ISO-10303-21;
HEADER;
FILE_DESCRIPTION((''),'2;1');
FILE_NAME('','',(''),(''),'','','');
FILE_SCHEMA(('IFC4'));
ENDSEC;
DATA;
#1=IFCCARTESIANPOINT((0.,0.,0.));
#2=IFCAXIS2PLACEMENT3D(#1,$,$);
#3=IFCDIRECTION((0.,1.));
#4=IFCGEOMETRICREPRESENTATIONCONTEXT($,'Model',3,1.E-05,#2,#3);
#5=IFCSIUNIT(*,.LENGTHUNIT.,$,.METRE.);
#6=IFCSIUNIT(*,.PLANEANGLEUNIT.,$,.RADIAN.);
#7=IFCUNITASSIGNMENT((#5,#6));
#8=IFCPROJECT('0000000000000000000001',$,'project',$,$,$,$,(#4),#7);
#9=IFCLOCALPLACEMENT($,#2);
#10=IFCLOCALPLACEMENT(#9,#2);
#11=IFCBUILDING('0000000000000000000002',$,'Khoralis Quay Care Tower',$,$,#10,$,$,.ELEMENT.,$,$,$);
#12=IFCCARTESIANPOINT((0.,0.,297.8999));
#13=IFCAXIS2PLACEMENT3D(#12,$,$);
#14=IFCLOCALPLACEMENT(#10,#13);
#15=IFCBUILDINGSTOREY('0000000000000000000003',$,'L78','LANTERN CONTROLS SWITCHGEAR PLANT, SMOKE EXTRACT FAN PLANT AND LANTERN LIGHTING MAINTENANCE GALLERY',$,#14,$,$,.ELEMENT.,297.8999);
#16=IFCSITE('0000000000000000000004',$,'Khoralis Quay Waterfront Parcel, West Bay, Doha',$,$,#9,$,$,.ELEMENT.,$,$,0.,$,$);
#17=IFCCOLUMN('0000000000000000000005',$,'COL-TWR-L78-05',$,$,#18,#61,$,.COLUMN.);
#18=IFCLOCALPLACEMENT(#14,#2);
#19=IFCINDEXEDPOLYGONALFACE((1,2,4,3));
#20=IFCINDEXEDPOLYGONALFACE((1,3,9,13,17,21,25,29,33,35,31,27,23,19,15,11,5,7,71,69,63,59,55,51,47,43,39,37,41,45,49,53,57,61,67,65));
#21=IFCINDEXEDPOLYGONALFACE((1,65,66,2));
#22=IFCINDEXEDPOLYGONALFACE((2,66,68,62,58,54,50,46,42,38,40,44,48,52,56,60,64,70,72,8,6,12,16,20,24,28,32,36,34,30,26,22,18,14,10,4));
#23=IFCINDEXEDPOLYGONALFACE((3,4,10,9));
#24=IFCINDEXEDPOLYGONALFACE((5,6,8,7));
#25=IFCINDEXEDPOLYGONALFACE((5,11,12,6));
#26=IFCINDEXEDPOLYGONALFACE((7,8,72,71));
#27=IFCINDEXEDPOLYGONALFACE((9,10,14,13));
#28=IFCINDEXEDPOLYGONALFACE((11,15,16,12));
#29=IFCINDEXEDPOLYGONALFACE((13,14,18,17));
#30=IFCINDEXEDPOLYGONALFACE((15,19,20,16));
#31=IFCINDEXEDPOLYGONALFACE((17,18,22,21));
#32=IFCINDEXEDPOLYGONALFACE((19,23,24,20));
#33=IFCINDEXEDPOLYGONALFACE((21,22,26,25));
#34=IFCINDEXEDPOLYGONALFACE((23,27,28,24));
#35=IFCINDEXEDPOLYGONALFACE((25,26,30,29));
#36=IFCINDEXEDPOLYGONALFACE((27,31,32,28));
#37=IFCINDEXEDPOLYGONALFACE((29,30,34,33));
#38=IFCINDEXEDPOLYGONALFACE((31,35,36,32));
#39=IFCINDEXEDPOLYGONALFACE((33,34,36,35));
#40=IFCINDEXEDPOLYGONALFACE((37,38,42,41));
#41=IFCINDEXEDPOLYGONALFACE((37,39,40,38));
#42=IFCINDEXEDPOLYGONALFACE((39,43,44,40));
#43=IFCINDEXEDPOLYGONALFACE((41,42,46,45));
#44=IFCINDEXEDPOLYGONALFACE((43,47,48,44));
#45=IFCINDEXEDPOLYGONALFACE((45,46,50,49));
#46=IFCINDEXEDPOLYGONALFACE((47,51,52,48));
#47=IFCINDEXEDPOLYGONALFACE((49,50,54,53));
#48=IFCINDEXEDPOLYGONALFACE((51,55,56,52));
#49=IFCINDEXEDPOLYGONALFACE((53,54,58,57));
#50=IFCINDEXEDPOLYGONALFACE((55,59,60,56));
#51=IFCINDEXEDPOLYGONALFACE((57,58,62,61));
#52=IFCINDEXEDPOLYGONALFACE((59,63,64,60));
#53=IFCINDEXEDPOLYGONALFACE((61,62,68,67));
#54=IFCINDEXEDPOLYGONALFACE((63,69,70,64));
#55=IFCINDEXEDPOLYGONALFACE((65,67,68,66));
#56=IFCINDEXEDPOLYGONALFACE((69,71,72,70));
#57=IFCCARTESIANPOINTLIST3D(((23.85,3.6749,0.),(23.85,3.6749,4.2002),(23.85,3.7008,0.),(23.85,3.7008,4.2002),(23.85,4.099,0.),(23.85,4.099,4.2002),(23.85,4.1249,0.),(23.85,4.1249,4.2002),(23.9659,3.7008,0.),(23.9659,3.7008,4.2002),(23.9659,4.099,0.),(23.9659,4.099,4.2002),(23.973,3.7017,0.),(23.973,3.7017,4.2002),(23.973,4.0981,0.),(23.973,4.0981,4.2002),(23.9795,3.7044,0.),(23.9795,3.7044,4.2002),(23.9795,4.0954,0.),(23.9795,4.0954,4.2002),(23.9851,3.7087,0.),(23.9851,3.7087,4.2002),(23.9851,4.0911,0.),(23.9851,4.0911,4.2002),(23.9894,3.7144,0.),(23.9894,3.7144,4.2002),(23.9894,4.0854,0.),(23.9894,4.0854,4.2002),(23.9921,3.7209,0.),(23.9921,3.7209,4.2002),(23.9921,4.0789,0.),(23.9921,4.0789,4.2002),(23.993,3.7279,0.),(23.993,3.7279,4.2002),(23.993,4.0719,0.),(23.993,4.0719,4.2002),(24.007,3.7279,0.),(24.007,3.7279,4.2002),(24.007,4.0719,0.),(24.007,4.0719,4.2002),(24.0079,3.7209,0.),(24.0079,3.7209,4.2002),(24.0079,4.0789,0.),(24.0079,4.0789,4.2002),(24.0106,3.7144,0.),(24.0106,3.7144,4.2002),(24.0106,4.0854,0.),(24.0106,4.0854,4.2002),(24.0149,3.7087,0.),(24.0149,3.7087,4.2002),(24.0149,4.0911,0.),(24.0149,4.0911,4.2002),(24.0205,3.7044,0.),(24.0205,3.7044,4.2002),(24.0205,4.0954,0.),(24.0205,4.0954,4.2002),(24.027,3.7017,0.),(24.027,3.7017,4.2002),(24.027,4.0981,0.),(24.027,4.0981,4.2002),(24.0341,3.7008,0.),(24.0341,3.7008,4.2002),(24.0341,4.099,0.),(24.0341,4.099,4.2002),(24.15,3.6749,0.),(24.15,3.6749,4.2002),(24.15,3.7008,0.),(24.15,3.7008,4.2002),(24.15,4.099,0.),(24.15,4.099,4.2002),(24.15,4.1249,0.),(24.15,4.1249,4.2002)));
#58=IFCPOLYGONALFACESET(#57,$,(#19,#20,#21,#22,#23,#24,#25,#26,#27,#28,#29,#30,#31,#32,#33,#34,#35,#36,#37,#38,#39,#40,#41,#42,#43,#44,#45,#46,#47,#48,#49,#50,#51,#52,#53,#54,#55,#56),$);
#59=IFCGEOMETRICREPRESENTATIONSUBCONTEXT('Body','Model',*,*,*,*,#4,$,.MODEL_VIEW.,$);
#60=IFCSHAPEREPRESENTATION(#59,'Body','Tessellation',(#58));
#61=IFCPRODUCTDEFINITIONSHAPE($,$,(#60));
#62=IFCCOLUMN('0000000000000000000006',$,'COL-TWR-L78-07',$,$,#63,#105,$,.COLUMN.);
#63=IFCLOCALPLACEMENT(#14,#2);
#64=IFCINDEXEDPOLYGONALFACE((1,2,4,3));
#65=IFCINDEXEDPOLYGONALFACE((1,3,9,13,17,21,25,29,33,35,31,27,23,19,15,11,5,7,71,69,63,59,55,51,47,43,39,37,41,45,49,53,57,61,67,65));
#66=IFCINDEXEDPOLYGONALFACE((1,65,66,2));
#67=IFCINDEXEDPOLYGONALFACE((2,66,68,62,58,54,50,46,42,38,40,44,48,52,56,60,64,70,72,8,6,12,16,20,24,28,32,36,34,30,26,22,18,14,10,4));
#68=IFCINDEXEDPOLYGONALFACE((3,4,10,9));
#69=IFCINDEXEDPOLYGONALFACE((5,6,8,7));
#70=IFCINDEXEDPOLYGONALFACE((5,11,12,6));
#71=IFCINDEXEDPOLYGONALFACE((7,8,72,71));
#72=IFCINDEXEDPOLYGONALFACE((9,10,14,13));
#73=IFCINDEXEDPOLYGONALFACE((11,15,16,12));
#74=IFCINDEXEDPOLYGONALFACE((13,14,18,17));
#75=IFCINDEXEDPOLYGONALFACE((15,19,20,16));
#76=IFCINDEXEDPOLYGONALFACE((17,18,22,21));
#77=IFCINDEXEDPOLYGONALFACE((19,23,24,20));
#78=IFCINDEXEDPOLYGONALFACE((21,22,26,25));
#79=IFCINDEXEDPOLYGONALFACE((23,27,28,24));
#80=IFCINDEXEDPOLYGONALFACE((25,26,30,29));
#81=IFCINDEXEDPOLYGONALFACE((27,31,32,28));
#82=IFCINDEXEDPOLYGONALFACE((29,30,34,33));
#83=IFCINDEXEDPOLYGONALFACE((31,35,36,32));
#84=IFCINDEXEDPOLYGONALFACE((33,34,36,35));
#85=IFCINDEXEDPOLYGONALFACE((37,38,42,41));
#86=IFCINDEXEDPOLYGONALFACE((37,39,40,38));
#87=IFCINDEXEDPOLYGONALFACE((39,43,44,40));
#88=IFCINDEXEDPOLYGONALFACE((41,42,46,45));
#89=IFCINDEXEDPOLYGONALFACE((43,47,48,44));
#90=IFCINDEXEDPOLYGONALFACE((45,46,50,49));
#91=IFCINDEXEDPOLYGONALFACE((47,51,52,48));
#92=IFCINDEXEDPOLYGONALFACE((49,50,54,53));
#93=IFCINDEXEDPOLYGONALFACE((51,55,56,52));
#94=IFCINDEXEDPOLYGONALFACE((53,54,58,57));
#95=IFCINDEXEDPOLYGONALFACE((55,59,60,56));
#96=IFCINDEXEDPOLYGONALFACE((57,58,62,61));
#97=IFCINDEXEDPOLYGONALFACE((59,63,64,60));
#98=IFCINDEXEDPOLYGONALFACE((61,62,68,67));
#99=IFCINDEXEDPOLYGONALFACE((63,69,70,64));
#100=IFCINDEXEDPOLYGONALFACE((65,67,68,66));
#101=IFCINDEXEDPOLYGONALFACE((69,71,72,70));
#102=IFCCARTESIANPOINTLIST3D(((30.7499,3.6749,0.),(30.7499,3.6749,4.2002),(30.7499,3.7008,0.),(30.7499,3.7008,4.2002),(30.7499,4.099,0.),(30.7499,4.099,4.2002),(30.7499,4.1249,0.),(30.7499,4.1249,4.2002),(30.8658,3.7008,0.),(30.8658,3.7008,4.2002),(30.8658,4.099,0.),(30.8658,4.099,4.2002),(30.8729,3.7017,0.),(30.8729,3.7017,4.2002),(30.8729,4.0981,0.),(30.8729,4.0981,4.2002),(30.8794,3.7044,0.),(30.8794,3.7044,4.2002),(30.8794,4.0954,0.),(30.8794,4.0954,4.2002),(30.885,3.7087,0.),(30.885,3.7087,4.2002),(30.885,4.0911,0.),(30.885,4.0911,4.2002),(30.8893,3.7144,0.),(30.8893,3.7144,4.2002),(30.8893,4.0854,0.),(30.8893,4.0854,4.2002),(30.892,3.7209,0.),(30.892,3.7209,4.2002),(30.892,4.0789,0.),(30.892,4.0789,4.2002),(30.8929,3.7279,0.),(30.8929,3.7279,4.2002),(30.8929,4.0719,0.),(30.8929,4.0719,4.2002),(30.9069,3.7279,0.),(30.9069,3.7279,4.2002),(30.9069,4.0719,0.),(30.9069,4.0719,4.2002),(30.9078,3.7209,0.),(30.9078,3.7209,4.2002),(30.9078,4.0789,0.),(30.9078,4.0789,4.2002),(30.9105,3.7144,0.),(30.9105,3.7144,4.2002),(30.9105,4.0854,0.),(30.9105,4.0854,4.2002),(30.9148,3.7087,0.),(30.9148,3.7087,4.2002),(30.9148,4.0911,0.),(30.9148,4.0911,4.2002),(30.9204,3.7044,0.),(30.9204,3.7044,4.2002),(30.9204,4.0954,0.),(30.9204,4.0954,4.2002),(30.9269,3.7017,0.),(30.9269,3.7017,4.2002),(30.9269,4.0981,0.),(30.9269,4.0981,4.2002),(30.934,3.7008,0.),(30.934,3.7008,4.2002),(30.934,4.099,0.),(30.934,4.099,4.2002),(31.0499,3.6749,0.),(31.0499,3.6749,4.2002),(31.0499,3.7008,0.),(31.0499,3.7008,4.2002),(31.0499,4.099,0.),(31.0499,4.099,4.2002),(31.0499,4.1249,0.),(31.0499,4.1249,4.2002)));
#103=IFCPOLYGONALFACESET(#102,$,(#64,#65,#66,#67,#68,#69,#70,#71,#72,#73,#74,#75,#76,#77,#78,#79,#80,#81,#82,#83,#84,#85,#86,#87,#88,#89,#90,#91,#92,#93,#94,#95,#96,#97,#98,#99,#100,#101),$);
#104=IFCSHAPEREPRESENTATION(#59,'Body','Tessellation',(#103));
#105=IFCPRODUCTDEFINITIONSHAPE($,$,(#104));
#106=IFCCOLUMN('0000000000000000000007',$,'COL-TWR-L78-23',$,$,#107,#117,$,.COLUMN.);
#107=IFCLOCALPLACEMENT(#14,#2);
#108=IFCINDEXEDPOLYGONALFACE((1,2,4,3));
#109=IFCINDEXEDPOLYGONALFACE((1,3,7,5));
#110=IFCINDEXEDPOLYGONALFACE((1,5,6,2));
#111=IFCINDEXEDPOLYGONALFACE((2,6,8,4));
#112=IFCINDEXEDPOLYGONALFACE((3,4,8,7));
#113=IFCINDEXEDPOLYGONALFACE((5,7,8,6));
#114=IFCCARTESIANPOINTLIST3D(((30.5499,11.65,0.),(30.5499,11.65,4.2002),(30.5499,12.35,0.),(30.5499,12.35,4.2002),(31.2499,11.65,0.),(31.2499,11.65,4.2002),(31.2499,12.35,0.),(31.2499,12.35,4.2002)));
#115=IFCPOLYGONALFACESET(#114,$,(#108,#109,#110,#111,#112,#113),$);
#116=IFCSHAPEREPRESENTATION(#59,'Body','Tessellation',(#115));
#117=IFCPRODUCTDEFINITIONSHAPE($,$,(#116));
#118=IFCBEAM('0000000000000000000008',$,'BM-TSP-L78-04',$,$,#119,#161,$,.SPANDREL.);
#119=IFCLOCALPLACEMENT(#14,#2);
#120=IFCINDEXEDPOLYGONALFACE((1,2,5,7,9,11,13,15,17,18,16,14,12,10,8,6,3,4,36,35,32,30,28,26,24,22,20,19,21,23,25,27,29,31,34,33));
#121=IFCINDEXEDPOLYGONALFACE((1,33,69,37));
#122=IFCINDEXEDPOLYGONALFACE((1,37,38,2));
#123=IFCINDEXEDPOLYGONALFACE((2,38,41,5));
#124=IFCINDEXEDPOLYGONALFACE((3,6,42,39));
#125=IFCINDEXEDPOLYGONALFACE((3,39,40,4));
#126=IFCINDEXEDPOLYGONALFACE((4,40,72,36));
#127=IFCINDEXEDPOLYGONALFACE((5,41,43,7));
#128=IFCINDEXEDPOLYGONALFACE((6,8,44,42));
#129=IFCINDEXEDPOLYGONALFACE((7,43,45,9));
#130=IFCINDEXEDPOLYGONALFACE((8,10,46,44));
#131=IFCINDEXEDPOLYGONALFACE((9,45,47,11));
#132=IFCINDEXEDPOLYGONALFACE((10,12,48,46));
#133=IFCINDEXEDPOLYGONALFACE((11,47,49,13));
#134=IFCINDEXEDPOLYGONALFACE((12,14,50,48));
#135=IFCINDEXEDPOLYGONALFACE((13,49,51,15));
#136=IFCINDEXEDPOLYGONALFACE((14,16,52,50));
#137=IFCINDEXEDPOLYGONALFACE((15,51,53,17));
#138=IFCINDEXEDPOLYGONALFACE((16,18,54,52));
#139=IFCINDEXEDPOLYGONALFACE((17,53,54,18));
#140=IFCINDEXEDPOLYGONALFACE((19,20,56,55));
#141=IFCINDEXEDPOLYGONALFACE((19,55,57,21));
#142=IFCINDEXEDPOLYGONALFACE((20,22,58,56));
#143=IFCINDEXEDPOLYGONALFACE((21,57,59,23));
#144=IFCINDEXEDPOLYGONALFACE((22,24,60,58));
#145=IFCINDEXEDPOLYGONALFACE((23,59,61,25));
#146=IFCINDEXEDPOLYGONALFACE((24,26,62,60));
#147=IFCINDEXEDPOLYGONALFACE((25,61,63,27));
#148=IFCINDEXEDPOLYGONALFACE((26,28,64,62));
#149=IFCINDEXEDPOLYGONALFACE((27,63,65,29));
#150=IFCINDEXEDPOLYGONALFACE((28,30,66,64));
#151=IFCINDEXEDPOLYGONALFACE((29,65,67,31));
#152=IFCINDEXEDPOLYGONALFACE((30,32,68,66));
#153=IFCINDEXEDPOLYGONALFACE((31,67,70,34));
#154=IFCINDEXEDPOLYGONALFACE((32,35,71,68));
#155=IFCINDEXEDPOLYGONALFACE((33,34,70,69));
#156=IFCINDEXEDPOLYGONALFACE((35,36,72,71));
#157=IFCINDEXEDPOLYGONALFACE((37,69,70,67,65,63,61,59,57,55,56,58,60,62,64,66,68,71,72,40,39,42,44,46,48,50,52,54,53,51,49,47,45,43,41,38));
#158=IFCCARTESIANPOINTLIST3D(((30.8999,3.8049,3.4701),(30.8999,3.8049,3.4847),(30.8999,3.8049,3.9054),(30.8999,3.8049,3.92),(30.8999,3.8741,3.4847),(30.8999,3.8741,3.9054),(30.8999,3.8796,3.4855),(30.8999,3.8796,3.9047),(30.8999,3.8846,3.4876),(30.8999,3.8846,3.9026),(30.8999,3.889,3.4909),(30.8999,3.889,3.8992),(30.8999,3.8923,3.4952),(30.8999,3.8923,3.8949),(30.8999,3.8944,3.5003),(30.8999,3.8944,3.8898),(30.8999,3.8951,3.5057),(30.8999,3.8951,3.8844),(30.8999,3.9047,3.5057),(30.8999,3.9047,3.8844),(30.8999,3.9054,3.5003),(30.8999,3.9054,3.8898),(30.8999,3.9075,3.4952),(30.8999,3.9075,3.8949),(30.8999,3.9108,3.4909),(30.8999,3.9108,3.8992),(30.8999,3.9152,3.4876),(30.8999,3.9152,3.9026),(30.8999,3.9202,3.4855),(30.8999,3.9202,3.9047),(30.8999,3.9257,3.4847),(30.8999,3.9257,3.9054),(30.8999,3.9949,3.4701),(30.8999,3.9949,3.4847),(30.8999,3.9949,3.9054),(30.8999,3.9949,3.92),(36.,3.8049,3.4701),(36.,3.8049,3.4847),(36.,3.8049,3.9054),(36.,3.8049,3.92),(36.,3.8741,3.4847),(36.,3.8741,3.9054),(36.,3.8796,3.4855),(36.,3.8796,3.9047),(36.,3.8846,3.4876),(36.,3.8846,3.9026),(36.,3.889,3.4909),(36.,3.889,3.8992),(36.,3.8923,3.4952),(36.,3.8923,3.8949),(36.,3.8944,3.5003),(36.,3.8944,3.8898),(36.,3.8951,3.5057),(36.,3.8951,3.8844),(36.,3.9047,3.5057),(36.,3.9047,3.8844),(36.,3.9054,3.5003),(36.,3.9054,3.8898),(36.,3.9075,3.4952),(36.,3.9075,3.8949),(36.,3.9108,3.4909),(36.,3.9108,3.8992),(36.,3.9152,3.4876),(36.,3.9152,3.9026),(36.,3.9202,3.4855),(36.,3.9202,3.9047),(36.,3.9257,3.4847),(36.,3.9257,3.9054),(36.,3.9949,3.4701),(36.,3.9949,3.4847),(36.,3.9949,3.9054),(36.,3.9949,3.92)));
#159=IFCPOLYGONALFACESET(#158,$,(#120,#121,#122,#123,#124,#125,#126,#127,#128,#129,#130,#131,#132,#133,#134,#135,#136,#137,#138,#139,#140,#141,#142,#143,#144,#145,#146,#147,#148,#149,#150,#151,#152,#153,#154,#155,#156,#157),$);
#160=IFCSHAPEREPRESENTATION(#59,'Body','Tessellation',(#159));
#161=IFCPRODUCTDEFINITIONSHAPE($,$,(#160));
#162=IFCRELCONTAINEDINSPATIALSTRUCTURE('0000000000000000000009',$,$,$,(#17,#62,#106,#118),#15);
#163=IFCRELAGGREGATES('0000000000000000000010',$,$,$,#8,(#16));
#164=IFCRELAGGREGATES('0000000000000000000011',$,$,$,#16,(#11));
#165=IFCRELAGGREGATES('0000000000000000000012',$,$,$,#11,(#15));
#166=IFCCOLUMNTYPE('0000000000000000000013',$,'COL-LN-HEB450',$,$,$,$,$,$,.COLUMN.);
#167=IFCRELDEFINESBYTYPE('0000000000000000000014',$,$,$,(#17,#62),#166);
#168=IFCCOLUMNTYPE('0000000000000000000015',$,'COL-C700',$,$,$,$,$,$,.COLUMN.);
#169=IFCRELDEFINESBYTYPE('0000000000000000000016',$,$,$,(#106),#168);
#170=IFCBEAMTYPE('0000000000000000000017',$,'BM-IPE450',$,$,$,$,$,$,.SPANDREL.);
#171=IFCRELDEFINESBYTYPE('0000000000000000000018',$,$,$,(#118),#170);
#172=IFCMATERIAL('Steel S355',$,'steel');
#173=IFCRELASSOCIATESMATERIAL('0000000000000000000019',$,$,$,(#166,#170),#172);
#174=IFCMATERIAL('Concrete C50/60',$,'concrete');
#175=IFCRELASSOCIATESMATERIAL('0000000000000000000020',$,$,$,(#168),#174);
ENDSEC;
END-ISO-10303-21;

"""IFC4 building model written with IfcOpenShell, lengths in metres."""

from ifc_helpers import new_model, si_unit, direction, frame, origin, origin_2d, place, context, subcontext, project, spatial, rectangle, i_section, extrude, source, transform, mapped, material, material_profile, profile_set, type_object, element, save


model = new_model("IFC4")

# Units and contexts
model_context = context("Model", 3, precision=1e-05, world=origin(), true_north=direction((0.0, 1.0)))
body_context = subcontext(model_context, "Body", "Model", "MODEL_VIEW")
ifc_project = project(units=[si_unit("LENGTHUNIT", "METRE"), si_unit("PLANEANGLEUNIT", "RADIAN")], contexts=[model_context])

# Site, building, storey
site_placement = place(None, origin())
site = spatial("IfcSite", under=ifc_project, at=site_placement, Name="Khoralis Quay Waterfront Parcel, West Bay, Doha", CompositionType="ELEMENT", RefElevation=0.0)
building_placement = place(site_placement, origin())
building = spatial("IfcBuilding", under=site, at=building_placement, Name="Khoralis Quay Care Tower", CompositionType="ELEMENT")
storey_placement = place(building_placement, frame((0.0, 0.0, 297.8999)))
storey = spatial("IfcBuildingStorey", under=building, at=storey_placement, Name="L78", Description="LANTERN CONTROLS SWITCHGEAR PLANT, SMOKE EXTRACT FAN PLANT AND LANTERN LIGHTING MAINTENANCE GALLERY", CompositionType="ELEMENT", Elevation=297.8999)

# Columns
ifc_material_1 = material(Name="Steel S355", Category="steel")
ifc_material_profile_1 = material_profile(ifc_material_1, i_section(OverallWidth=0.3, OverallDepth=0.45, WebThickness=0.0139, FlangeThickness=0.0259, FilletRadius=0.0271, at=origin_2d()), Name="Steel S355")
ifc_profile_set_1 = profile_set([ifc_material_profile_1], Name="Steel S355")
column_type_1 = type_object("IfcColumnType", Name="COL-LN-HEB450", PredefinedType="COLUMN", material=ifc_profile_set_1)
shared_shape_1 = source(origin(), body_context, "Body", "SweptSolid", [
    extrude(i_section(OverallWidth=0.3, OverallDepth=0.45, WebThickness=0.0139, FlangeThickness=0.0259, FilletRadius=0.0271, at=origin_2d()), origin(), (0.0, 0.0, 1.0), 4.2002),
])
for number, where, z_axis, x_axis, name in (
    (1, (24.0, 3.8999, 0.0), (0.0, 0.0, 1.0), (1.0, 0.0, 0.0), "COL-TWR-L78-05"),
    (2, (30.8999, 3.8999, 0.0), (0.0, 0.0, 1.0), (1.0, 0.0, 0.0), "COL-TWR-L78-07"),
):
    element("IfcColumn", number, at=place(storey_placement, frame(where, z_axis=z_axis, x_axis=x_axis)), inside=storey, type_object=column_type_1, Name=name, PredefinedType="COLUMN", context=body_context, shape_type="MappedRepresentation", body=[
        mapped(shared_shape_1, transform((0.0, 0.0, 0.0), scale=1.0)),
    ])
ifc_material_2 = material(Name="Concrete C50/60", Category="concrete")
ifc_material_profile_2 = material_profile(ifc_material_2, rectangle(XDim=0.7, YDim=0.7, at=origin_2d()), Name="Concrete C50/60")
ifc_profile_set_2 = profile_set([ifc_material_profile_2], Name="Concrete C50/60")
column_type_2 = type_object("IfcColumnType", Name="COL-C700", PredefinedType="COLUMN", material=ifc_profile_set_2)
shared_shape_2 = source(origin(), body_context, "Body", "SweptSolid", [
    extrude(rectangle(XDim=0.7, YDim=0.7, at=origin_2d()), origin(), (0.0, 0.0, 1.0), 4.2002),
])
column_placement = place(storey_placement, frame((30.8999, 12.0, 0.0), z_axis=(0.0, 0.0, 1.0), x_axis=(1.0, 0.0, 0.0)))
element("IfcColumn", 3, at=column_placement, inside=storey, type_object=column_type_2, Name="COL-TWR-L78-23", PredefinedType="COLUMN", context=body_context, shape_type="MappedRepresentation", body=[
    mapped(shared_shape_2, transform((0.0, 0.0, 0.0), scale=1.0)),
])

# Beam
ifc_material_profile_3 = material_profile(ifc_material_1, i_section(OverallWidth=0.1899, OverallDepth=0.45, WebThickness=0.0095, FlangeThickness=0.0146, FilletRadius=0.021, at=origin_2d()), Name="Steel S355")
ifc_profile_set_3 = profile_set([ifc_material_profile_3], Name="Steel S355")
beam_type_1 = type_object("IfcBeamType", Name="BM-IPE450", PredefinedType="SPANDREL", material=ifc_profile_set_3)
shared_shape_3 = source(origin(), body_context, "Body", "SweptSolid", [
    extrude(i_section(OverallWidth=0.1899, OverallDepth=0.45, WebThickness=0.0095, FlangeThickness=0.0146, FilletRadius=0.021, at=origin_2d()), origin(), (0.0, 0.0, 1.0), 5.1001),
])
beam_1_placement = place(storey_placement, frame((30.8999, 3.8999, 3.6951), z_axis=(1.0, 0.0, 0.0), x_axis=(0.0, 1.0, 0.0)))
element("IfcBeam", 4, at=beam_1_placement, inside=storey, type_object=beam_type_1, Name="BM-TSP-L78-04", PredefinedType="SPANDREL", context=body_context, shape_type="MappedRepresentation", body=[
    mapped(shared_shape_3, transform((0.0, 0.0, 0.0), scale=1.0)),
])

save(model, "model.ifc")
